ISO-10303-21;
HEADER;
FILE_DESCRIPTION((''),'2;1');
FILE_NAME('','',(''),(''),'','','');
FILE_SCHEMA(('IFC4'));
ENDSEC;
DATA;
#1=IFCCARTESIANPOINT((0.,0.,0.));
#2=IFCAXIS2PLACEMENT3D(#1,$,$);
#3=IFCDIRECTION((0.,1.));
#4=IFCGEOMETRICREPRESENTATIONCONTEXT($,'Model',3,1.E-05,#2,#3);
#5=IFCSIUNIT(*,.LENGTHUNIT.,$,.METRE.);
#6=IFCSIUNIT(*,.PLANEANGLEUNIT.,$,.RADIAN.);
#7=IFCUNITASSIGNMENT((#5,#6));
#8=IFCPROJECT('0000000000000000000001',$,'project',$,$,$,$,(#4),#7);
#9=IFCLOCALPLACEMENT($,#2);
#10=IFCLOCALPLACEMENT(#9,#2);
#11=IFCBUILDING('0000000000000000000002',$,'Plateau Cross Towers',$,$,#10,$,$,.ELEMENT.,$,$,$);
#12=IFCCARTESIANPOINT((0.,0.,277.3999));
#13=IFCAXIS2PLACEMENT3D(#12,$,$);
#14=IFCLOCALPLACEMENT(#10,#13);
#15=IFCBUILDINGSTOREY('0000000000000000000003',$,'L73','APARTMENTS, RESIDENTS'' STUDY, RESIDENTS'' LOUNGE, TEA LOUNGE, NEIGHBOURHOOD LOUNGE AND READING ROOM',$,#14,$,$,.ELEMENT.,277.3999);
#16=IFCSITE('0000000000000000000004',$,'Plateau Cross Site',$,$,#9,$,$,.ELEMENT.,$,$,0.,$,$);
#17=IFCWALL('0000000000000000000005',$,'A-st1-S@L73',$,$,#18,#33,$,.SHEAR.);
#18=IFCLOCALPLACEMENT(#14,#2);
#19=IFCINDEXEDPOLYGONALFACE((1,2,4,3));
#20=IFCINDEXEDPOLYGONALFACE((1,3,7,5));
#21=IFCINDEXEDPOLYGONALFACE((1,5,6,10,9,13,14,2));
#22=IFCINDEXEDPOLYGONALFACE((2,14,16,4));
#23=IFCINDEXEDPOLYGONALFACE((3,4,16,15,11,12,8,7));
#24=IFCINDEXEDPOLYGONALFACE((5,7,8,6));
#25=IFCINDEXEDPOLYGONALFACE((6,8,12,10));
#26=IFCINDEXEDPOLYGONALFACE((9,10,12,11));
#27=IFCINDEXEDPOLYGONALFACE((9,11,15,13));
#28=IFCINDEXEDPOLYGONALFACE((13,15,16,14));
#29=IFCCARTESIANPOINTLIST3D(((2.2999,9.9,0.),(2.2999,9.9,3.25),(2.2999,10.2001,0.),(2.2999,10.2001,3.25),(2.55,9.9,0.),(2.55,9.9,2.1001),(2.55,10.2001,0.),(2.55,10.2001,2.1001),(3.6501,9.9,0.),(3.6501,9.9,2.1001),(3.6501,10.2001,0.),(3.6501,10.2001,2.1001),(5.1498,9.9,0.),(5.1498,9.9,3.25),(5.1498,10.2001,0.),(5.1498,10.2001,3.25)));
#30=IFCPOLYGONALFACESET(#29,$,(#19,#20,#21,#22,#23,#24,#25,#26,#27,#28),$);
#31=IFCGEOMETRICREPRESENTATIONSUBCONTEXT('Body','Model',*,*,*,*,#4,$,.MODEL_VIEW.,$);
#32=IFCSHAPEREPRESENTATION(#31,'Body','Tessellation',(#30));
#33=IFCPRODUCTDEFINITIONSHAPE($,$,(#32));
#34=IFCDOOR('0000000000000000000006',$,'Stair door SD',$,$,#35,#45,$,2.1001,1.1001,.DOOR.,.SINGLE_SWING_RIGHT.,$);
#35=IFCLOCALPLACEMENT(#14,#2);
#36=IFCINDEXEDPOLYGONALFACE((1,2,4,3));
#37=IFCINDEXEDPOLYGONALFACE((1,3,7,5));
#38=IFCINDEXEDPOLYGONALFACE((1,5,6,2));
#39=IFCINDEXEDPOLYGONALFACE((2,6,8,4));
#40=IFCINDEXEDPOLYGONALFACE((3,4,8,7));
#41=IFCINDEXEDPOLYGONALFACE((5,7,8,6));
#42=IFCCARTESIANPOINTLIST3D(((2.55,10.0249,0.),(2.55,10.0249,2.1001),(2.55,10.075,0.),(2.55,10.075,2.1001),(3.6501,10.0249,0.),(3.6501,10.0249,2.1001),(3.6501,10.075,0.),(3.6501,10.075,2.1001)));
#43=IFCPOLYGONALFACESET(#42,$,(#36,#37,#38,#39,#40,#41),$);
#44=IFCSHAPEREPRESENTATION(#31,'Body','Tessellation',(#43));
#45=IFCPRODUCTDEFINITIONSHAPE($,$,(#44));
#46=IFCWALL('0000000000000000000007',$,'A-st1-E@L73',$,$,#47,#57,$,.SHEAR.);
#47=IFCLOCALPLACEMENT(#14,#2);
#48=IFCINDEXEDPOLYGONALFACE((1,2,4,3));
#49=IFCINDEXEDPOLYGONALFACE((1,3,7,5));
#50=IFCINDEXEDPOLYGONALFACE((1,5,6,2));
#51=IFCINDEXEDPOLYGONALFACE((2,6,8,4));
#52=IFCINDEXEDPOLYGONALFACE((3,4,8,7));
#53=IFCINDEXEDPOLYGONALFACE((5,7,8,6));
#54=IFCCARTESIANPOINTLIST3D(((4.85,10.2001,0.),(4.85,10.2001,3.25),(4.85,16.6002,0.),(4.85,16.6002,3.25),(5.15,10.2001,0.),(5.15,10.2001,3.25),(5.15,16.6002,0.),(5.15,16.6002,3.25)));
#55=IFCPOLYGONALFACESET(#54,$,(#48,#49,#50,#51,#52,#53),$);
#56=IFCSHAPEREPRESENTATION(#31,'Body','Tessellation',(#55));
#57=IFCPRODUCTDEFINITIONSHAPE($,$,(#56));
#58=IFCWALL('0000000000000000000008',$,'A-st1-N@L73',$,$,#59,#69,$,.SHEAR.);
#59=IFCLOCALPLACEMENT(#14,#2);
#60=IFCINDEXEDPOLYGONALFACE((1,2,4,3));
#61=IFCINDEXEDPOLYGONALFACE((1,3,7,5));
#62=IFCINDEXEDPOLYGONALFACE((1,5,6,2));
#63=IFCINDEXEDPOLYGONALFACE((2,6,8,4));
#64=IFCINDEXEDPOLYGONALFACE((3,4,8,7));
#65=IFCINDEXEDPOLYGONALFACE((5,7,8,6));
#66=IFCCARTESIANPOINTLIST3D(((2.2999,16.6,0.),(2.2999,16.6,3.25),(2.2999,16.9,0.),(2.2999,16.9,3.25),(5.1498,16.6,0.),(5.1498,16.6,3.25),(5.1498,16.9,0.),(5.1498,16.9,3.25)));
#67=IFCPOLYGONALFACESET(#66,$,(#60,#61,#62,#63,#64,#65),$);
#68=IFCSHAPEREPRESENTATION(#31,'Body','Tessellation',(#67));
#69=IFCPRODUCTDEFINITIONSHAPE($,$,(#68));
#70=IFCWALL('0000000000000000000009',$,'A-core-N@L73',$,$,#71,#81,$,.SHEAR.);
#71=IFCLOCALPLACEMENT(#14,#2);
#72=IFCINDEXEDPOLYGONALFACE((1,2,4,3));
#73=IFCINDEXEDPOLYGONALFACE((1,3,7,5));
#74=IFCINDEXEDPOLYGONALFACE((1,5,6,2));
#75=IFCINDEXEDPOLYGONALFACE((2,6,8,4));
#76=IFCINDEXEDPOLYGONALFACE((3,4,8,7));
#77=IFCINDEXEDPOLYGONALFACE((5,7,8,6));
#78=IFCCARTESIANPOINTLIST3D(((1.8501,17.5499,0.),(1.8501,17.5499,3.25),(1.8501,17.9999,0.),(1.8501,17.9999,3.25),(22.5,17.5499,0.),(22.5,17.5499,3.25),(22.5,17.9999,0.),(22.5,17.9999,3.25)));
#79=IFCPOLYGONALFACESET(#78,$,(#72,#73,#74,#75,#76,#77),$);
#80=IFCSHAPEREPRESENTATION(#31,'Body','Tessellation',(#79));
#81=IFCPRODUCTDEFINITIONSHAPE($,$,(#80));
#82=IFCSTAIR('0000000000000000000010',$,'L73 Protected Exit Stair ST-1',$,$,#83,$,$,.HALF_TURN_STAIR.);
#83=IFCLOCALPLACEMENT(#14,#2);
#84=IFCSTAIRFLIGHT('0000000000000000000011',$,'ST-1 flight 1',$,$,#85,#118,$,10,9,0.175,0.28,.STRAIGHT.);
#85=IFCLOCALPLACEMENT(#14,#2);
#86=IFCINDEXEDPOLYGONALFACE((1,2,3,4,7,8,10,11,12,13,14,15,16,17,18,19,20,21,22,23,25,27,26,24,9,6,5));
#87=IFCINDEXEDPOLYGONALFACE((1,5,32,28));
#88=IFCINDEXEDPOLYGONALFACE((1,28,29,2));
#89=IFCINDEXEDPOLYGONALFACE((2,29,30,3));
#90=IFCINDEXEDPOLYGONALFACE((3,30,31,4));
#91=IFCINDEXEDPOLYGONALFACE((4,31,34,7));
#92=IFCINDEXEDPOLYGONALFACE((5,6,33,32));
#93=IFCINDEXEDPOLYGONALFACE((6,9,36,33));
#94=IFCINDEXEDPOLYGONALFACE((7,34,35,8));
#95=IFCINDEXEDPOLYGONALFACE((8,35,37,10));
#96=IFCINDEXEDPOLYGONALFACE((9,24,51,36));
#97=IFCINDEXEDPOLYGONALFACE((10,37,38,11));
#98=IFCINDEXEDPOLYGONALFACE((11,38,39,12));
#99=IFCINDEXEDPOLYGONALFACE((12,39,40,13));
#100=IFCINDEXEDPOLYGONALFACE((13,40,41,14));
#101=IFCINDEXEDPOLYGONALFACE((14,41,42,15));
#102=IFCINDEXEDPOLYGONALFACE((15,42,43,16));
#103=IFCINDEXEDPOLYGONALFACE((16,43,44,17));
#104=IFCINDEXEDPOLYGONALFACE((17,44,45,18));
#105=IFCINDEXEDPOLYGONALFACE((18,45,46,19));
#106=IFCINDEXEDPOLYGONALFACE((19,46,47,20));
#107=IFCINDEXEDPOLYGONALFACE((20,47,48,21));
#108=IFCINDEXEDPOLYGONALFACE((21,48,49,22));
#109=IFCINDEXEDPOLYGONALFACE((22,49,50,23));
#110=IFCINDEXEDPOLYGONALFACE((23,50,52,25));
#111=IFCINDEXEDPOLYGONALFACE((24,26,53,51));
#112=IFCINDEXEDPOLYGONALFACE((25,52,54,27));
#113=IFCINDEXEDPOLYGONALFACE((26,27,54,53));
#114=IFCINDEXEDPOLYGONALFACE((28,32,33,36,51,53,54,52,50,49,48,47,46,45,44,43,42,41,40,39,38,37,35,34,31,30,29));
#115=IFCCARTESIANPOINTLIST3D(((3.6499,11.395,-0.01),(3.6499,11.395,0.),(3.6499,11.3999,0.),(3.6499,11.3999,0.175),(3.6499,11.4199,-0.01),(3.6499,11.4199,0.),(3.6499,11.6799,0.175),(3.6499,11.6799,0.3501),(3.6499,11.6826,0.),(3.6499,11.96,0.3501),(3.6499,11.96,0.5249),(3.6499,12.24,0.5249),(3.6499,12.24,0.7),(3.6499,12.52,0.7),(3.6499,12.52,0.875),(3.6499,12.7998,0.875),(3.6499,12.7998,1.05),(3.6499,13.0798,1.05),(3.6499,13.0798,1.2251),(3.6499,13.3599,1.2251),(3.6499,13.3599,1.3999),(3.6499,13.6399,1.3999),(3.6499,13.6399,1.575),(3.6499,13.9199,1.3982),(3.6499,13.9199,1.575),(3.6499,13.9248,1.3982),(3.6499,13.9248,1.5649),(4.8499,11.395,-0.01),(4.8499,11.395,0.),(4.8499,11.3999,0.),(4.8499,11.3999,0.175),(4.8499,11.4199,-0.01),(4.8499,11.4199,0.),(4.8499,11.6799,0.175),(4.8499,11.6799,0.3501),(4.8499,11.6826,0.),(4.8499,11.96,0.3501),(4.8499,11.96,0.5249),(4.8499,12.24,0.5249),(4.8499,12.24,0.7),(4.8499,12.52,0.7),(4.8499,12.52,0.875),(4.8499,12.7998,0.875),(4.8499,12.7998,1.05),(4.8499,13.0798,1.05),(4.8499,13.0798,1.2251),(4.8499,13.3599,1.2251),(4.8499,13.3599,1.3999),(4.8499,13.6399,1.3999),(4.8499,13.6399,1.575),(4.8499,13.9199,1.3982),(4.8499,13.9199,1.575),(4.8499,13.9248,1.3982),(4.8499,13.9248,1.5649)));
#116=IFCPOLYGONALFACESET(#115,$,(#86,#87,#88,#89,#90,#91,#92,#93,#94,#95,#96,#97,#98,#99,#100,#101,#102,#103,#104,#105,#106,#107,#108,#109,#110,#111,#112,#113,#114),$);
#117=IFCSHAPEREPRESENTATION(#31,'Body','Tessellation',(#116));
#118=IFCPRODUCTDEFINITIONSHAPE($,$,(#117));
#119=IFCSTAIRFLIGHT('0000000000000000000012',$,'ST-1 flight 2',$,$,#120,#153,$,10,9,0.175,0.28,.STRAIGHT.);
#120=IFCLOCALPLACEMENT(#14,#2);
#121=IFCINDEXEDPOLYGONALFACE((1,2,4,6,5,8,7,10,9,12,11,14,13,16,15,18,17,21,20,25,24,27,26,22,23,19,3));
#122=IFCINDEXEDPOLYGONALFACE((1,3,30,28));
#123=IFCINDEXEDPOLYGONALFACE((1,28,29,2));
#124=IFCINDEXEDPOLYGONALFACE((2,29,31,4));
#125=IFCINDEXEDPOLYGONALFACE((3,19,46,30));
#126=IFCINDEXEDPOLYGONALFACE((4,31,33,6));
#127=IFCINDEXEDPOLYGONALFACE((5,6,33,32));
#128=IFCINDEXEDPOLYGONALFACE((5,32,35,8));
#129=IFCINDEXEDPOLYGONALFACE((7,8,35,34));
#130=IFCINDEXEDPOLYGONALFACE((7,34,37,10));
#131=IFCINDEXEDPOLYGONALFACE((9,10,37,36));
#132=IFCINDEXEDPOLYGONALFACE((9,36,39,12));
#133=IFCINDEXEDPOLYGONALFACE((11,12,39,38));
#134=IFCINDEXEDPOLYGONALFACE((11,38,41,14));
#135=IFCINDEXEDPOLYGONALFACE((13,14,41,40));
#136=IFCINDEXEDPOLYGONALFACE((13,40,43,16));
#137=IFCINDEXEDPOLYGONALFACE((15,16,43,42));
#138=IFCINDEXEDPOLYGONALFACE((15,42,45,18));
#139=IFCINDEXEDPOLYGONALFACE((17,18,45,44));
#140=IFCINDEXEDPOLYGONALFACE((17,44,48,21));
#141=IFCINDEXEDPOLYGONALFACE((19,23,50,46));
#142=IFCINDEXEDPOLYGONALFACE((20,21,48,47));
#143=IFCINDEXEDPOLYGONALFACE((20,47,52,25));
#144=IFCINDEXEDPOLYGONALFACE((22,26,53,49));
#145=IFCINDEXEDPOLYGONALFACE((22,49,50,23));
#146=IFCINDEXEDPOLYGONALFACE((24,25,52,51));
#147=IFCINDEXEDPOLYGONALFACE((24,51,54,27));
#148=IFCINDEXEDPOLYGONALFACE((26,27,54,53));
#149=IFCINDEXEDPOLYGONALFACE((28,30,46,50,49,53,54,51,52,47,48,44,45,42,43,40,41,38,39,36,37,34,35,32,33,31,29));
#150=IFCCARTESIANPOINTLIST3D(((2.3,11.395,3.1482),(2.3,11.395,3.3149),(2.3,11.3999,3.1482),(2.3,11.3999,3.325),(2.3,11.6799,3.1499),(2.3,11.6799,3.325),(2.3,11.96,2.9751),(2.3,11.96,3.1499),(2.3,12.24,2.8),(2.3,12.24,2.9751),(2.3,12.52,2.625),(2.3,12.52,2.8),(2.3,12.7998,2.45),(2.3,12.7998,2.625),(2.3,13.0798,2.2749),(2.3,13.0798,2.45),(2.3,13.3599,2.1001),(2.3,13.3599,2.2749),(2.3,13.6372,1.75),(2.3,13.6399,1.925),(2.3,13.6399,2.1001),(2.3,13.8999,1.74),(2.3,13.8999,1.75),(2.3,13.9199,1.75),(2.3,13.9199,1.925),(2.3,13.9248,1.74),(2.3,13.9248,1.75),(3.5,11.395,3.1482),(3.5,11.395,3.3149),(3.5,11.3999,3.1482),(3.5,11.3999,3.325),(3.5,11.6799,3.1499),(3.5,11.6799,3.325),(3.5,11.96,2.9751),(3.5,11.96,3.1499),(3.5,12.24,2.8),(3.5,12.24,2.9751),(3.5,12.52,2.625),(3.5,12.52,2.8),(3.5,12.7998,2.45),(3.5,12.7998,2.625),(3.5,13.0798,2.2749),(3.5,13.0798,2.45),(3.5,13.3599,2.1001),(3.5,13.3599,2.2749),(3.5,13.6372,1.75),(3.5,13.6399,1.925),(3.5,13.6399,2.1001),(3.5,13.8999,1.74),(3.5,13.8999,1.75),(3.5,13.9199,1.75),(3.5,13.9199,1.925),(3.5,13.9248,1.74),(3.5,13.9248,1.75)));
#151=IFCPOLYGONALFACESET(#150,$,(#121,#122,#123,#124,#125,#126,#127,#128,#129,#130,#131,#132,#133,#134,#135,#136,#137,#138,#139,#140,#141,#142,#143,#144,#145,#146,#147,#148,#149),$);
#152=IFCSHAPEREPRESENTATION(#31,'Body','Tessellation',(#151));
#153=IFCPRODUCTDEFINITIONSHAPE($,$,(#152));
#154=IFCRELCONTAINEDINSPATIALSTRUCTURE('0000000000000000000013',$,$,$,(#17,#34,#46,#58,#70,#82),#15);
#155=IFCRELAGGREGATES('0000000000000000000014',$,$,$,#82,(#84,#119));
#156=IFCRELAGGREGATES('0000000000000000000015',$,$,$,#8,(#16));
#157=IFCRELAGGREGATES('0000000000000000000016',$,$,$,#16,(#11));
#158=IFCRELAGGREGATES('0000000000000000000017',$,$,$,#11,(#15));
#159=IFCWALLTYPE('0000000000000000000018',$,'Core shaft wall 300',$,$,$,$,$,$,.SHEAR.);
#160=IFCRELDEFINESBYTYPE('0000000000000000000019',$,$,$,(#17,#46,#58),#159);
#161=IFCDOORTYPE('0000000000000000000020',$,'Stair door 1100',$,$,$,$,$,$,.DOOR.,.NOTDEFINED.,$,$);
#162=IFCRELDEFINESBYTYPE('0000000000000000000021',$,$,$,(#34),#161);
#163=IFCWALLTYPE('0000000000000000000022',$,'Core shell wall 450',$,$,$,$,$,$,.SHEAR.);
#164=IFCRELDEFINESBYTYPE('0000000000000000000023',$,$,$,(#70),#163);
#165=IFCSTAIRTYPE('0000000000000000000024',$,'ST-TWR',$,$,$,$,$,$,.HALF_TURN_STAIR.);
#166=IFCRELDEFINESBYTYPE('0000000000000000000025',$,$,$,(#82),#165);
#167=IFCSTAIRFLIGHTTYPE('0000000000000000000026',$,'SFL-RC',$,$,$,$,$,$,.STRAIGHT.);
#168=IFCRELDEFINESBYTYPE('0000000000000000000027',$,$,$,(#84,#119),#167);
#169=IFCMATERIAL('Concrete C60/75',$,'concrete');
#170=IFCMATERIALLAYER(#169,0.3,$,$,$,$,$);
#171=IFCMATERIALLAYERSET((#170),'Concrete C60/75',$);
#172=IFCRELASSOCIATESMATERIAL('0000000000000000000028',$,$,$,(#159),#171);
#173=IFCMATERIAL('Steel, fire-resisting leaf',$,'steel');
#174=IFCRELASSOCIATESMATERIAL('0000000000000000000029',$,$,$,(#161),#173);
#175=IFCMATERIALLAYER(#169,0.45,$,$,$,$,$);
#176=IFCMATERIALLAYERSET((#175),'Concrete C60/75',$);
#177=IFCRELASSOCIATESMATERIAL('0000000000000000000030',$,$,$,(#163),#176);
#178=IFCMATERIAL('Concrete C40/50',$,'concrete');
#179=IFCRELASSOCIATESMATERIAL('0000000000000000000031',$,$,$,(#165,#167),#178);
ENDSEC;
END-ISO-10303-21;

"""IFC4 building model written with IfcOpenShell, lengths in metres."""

from ifc_helpers import new_model, si_unit, direction, frame, frame_2d, origin, place, context, subcontext, project, spatial, polyline, rectangle, outline, extrude, material, layer, layer_set, type_object, element, fill, aggregate, save


model = new_model("IFC4")

# Units and contexts
model_context = context("Model", 3, precision=1e-05, world=origin(), true_north=direction((0.0, 1.0)))
body_context = subcontext(model_context, "Body", "Model", "MODEL_VIEW")
ifc_project = project(units=[si_unit("LENGTHUNIT", "METRE"), si_unit("PLANEANGLEUNIT", "RADIAN")], contexts=[model_context])

# Site, building, storey
site_placement = place(None, origin())
site = spatial("IfcSite", under=ifc_project, at=site_placement, Name="Plateau Cross Site", CompositionType="ELEMENT", RefElevation=0.0)
building_placement = place(site_placement, origin())
building = spatial("IfcBuilding", under=site, at=building_placement, Name="Plateau Cross Towers", CompositionType="ELEMENT")
storey_placement = place(building_placement, frame((0.0, 0.0, 277.3999)))
storey = spatial("IfcBuildingStorey", under=building, at=storey_placement, Name="L73", Description="APARTMENTS, RESIDENTS' STUDY, RESIDENTS' LOUNGE, TEA LOUNGE, NEIGHBOURHOOD LOUNGE AND READING ROOM", CompositionType="ELEMENT", Elevation=277.3999)

# Shared definitions
ifc_material_1 = material(Name="Concrete C60/75", Category="concrete")

# Wall, opening, door
ifc_layer_1 = layer(ifc_material_1, 0.3)
ifc_layer_set_1 = layer_set([ifc_layer_1], Name="Concrete C60/75")
wall_type_1 = type_object("IfcWallType", Name="Core shaft wall 300", PredefinedType="SHEAR", material=ifc_layer_set_1)
wall_1_placement = place(storey_placement, frame((2.3, 10.05, 0.0), z_axis=(0.0, 0.0, 1.0), x_axis=(1.0, 0.0, 0.0)))
wall_1 = element("IfcWall", 1, at=wall_1_placement, inside=storey, type_object=wall_type_1, Name="A-st1-S@L73", PredefinedType="SHEAR", context=body_context, shape_type="SweptSolid", body=[
    extrude(rectangle(XDim=2.8499, YDim=0.3, at=frame_2d((1.4248, 0.0))), origin(), (0.0, 0.0, 1.0), 3.25),
])
opening_placement = place(wall_1_placement, frame((0.25, 0.0, 0.0)))
opening = element("IfcOpeningElement", 2, at=opening_placement, cuts=wall_1, PredefinedType="OPENING", context=body_context, shape_type="SweptSolid", body=[
    extrude(rectangle(XDim=1.1001, YDim=2.1001, at=frame_2d((0.55, 1.05))), frame((0.0, 0.1599, 0.0), z_axis=(0.0, -1.0, 0.0), x_axis=(1.0, 0.0, 0.0)), (0.0, 0.0, 1.0), 0.3201),
])
ifc_material_2 = material(Name="Steel, fire-resisting leaf", Category="steel")
door_type = type_object("IfcDoorType", Name="Stair door 1100", OperationType="NOTDEFINED", PredefinedType="DOOR", material=ifc_material_2)
door_placement = place(opening_placement, origin())
door = element("IfcDoor", 3, at=door_placement, inside=storey, type_object=door_type, Name="Stair door SD", OperationType="SINGLE_SWING_RIGHT", OverallHeight=2.1001, OverallWidth=1.1001, PredefinedType="DOOR", context=body_context, shape_type="SweptSolid", body=[
    extrude(rectangle(XDim=1.1001, YDim=2.1001, at=frame_2d((0.55, 1.05))), frame((0.0, 0.0249, 0.0), z_axis=(0.0, -1.0, 0.0), x_axis=(1.0, 0.0, 0.0)), (0.0, 0.0, 1.0), 0.05),
])
fill(opening, door)

# Walls
wall_2_placement = place(storey_placement, frame((5.0, 10.2, 0.0), z_axis=(0.0, 0.0, 1.0), x_axis=(0.0, 1.0, 0.0)))
element("IfcWall", 4, at=wall_2_placement, inside=storey, type_object=wall_type_1, Name="A-st1-E@L73", PredefinedType="SHEAR", context=body_context, shape_type="SweptSolid", body=[
    extrude(rectangle(XDim=6.4001, YDim=0.3, at=frame_2d((3.2002, 0.0))), origin(), (0.0, 0.0, 1.0), 3.25),
])
wall_3_placement = place(storey_placement, frame((2.3, 16.75, 0.0), z_axis=(0.0, 0.0, 1.0), x_axis=(1.0, 0.0, 0.0)))
element("IfcWall", 5, at=wall_3_placement, inside=storey, type_object=wall_type_1, Name="A-st1-N@L73", PredefinedType="SHEAR", context=body_context, shape_type="SweptSolid", body=[
    extrude(rectangle(XDim=2.8499, YDim=0.3, at=frame_2d((1.4248, 0.0))), origin(), (0.0, 0.0, 1.0), 3.25),
])
ifc_layer_2 = layer(ifc_material_1, 0.45)
ifc_layer_set_2 = layer_set([ifc_layer_2], Name="Concrete C60/75")
wall_type_2 = type_object("IfcWallType", Name="Core shell wall 450", PredefinedType="SHEAR", material=ifc_layer_set_2)
wall_4_placement = place(storey_placement, frame((1.8501, 17.7749, 0.0), z_axis=(0.0, 0.0, 1.0), x_axis=(1.0, 0.0, 0.0)))
element("IfcWall", 6, at=wall_4_placement, inside=storey, type_object=wall_type_2, Name="A-core-N@L73", PredefinedType="SHEAR", context=body_context, shape_type="SweptSolid", body=[
    extrude(rectangle(XDim=20.6499, YDim=0.45, at=frame_2d((10.325, 0.0))), origin(), (0.0, 0.0, 1.0), 3.25),
])

# Stair, stair flights
ifc_material_3 = material(Name="Concrete C40/50", Category="concrete")
stair_type = type_object("IfcStairType", Name="ST-TWR", PredefinedType="HALF_TURN_STAIR", material=ifc_material_3)
stair_placement = place(storey_placement, origin())
stair = element("IfcStair", 7, at=stair_placement, inside=storey, type_object=stair_type, Name="L73 Protected Exit Stair ST-1", PredefinedType="HALF_TURN_STAIR")
stair_flight_type = type_object("IfcStairFlightType", Name="SFL-RC", PredefinedType="STRAIGHT", material=ifc_material_3)
stair_flight_1_placement = place(storey_placement, frame((4.25, 11.3999, 0.0), z_axis=(0.0, 0.0, 1.0), x_axis=(0.0, 1.0, 0.0)))
stair_flight_1 = element("IfcStairFlight", 8, at=stair_flight_1_placement, type_object=stair_flight_type, Name="ST-1 flight 1", NumberOfRisers=10, NumberOfTreads=9, PredefinedType="STRAIGHT", RiserHeight=0.175, TreadLength=0.28, context=body_context, shape_type="SweptSolid", body=[
    extrude(outline(polyline([(-0.0049, -0.01), (-0.0049, 0.0), (0.0, 0.0), (0.0, 0.175), (0.28, 0.175), (0.28, 0.3501), (0.5601, 0.3501), (0.5601, 0.5249), (0.8401, 0.5249), (0.8401, 0.7), (1.1201, 0.7), (1.1201, 0.875), (1.3999, 0.875), (1.3999, 1.05), (1.6799, 1.05), (1.6799, 1.2251), (1.96, 1.2251), (1.96, 1.3999), (2.24, 1.3999), (2.24, 1.575), (2.52, 1.575), (2.5249, 1.5649), (2.5249, 1.3982), (2.52, 1.3982), (0.2827, 0.0), (0.02, 0.0), (0.02, -0.01), (-0.0049, -0.01)])), frame((0.0, 0.6001, 0.0), z_axis=(0.0, -1.0, 0.0), x_axis=(1.0, 0.0, 0.0)), (0.0, 0.0, 1.0), 1.2),
])
stair_flight_2_placement = place(storey_placement, frame((2.8999, 13.9199, 1.75), z_axis=(0.0, 0.0, 1.0), x_axis=(0.0, -1.0, 0.0)))
stair_flight_2 = element("IfcStairFlight", 9, at=stair_flight_2_placement, type_object=stair_flight_type, Name="ST-1 flight 2", NumberOfRisers=10, NumberOfTreads=9, PredefinedType="STRAIGHT", RiserHeight=0.175, TreadLength=0.28, context=body_context, shape_type="SweptSolid", body=[
    extrude(outline(polyline([(-0.0049, -0.01), (-0.0049, 0.0), (0.0, 0.0), (0.0, 0.175), (0.28, 0.175), (0.28, 0.3501), (0.5601, 0.3501), (0.5601, 0.5249), (0.8401, 0.5249), (0.8401, 0.7), (1.1201, 0.7), (1.1201, 0.875), (1.3999, 0.875), (1.3999, 1.05), (1.6799, 1.05), (1.6799, 1.2251), (1.96, 1.2251), (1.96, 1.3999), (2.24, 1.3999), (2.24, 1.575), (2.52, 1.575), (2.5249, 1.5649), (2.5249, 1.3982), (2.52, 1.3982), (0.2827, 0.0), (0.02, 0.0), (0.02, -0.01), (-0.0049, -0.01)])), frame((0.0, 0.6001, 0.0), z_axis=(0.0, -1.0, 0.0), x_axis=(1.0, 0.0, 0.0)), (0.0, 0.0, 1.0), 1.2),
])
aggregate(stair, [stair_flight_1, stair_flight_2])

save(model, "model.ifc")
